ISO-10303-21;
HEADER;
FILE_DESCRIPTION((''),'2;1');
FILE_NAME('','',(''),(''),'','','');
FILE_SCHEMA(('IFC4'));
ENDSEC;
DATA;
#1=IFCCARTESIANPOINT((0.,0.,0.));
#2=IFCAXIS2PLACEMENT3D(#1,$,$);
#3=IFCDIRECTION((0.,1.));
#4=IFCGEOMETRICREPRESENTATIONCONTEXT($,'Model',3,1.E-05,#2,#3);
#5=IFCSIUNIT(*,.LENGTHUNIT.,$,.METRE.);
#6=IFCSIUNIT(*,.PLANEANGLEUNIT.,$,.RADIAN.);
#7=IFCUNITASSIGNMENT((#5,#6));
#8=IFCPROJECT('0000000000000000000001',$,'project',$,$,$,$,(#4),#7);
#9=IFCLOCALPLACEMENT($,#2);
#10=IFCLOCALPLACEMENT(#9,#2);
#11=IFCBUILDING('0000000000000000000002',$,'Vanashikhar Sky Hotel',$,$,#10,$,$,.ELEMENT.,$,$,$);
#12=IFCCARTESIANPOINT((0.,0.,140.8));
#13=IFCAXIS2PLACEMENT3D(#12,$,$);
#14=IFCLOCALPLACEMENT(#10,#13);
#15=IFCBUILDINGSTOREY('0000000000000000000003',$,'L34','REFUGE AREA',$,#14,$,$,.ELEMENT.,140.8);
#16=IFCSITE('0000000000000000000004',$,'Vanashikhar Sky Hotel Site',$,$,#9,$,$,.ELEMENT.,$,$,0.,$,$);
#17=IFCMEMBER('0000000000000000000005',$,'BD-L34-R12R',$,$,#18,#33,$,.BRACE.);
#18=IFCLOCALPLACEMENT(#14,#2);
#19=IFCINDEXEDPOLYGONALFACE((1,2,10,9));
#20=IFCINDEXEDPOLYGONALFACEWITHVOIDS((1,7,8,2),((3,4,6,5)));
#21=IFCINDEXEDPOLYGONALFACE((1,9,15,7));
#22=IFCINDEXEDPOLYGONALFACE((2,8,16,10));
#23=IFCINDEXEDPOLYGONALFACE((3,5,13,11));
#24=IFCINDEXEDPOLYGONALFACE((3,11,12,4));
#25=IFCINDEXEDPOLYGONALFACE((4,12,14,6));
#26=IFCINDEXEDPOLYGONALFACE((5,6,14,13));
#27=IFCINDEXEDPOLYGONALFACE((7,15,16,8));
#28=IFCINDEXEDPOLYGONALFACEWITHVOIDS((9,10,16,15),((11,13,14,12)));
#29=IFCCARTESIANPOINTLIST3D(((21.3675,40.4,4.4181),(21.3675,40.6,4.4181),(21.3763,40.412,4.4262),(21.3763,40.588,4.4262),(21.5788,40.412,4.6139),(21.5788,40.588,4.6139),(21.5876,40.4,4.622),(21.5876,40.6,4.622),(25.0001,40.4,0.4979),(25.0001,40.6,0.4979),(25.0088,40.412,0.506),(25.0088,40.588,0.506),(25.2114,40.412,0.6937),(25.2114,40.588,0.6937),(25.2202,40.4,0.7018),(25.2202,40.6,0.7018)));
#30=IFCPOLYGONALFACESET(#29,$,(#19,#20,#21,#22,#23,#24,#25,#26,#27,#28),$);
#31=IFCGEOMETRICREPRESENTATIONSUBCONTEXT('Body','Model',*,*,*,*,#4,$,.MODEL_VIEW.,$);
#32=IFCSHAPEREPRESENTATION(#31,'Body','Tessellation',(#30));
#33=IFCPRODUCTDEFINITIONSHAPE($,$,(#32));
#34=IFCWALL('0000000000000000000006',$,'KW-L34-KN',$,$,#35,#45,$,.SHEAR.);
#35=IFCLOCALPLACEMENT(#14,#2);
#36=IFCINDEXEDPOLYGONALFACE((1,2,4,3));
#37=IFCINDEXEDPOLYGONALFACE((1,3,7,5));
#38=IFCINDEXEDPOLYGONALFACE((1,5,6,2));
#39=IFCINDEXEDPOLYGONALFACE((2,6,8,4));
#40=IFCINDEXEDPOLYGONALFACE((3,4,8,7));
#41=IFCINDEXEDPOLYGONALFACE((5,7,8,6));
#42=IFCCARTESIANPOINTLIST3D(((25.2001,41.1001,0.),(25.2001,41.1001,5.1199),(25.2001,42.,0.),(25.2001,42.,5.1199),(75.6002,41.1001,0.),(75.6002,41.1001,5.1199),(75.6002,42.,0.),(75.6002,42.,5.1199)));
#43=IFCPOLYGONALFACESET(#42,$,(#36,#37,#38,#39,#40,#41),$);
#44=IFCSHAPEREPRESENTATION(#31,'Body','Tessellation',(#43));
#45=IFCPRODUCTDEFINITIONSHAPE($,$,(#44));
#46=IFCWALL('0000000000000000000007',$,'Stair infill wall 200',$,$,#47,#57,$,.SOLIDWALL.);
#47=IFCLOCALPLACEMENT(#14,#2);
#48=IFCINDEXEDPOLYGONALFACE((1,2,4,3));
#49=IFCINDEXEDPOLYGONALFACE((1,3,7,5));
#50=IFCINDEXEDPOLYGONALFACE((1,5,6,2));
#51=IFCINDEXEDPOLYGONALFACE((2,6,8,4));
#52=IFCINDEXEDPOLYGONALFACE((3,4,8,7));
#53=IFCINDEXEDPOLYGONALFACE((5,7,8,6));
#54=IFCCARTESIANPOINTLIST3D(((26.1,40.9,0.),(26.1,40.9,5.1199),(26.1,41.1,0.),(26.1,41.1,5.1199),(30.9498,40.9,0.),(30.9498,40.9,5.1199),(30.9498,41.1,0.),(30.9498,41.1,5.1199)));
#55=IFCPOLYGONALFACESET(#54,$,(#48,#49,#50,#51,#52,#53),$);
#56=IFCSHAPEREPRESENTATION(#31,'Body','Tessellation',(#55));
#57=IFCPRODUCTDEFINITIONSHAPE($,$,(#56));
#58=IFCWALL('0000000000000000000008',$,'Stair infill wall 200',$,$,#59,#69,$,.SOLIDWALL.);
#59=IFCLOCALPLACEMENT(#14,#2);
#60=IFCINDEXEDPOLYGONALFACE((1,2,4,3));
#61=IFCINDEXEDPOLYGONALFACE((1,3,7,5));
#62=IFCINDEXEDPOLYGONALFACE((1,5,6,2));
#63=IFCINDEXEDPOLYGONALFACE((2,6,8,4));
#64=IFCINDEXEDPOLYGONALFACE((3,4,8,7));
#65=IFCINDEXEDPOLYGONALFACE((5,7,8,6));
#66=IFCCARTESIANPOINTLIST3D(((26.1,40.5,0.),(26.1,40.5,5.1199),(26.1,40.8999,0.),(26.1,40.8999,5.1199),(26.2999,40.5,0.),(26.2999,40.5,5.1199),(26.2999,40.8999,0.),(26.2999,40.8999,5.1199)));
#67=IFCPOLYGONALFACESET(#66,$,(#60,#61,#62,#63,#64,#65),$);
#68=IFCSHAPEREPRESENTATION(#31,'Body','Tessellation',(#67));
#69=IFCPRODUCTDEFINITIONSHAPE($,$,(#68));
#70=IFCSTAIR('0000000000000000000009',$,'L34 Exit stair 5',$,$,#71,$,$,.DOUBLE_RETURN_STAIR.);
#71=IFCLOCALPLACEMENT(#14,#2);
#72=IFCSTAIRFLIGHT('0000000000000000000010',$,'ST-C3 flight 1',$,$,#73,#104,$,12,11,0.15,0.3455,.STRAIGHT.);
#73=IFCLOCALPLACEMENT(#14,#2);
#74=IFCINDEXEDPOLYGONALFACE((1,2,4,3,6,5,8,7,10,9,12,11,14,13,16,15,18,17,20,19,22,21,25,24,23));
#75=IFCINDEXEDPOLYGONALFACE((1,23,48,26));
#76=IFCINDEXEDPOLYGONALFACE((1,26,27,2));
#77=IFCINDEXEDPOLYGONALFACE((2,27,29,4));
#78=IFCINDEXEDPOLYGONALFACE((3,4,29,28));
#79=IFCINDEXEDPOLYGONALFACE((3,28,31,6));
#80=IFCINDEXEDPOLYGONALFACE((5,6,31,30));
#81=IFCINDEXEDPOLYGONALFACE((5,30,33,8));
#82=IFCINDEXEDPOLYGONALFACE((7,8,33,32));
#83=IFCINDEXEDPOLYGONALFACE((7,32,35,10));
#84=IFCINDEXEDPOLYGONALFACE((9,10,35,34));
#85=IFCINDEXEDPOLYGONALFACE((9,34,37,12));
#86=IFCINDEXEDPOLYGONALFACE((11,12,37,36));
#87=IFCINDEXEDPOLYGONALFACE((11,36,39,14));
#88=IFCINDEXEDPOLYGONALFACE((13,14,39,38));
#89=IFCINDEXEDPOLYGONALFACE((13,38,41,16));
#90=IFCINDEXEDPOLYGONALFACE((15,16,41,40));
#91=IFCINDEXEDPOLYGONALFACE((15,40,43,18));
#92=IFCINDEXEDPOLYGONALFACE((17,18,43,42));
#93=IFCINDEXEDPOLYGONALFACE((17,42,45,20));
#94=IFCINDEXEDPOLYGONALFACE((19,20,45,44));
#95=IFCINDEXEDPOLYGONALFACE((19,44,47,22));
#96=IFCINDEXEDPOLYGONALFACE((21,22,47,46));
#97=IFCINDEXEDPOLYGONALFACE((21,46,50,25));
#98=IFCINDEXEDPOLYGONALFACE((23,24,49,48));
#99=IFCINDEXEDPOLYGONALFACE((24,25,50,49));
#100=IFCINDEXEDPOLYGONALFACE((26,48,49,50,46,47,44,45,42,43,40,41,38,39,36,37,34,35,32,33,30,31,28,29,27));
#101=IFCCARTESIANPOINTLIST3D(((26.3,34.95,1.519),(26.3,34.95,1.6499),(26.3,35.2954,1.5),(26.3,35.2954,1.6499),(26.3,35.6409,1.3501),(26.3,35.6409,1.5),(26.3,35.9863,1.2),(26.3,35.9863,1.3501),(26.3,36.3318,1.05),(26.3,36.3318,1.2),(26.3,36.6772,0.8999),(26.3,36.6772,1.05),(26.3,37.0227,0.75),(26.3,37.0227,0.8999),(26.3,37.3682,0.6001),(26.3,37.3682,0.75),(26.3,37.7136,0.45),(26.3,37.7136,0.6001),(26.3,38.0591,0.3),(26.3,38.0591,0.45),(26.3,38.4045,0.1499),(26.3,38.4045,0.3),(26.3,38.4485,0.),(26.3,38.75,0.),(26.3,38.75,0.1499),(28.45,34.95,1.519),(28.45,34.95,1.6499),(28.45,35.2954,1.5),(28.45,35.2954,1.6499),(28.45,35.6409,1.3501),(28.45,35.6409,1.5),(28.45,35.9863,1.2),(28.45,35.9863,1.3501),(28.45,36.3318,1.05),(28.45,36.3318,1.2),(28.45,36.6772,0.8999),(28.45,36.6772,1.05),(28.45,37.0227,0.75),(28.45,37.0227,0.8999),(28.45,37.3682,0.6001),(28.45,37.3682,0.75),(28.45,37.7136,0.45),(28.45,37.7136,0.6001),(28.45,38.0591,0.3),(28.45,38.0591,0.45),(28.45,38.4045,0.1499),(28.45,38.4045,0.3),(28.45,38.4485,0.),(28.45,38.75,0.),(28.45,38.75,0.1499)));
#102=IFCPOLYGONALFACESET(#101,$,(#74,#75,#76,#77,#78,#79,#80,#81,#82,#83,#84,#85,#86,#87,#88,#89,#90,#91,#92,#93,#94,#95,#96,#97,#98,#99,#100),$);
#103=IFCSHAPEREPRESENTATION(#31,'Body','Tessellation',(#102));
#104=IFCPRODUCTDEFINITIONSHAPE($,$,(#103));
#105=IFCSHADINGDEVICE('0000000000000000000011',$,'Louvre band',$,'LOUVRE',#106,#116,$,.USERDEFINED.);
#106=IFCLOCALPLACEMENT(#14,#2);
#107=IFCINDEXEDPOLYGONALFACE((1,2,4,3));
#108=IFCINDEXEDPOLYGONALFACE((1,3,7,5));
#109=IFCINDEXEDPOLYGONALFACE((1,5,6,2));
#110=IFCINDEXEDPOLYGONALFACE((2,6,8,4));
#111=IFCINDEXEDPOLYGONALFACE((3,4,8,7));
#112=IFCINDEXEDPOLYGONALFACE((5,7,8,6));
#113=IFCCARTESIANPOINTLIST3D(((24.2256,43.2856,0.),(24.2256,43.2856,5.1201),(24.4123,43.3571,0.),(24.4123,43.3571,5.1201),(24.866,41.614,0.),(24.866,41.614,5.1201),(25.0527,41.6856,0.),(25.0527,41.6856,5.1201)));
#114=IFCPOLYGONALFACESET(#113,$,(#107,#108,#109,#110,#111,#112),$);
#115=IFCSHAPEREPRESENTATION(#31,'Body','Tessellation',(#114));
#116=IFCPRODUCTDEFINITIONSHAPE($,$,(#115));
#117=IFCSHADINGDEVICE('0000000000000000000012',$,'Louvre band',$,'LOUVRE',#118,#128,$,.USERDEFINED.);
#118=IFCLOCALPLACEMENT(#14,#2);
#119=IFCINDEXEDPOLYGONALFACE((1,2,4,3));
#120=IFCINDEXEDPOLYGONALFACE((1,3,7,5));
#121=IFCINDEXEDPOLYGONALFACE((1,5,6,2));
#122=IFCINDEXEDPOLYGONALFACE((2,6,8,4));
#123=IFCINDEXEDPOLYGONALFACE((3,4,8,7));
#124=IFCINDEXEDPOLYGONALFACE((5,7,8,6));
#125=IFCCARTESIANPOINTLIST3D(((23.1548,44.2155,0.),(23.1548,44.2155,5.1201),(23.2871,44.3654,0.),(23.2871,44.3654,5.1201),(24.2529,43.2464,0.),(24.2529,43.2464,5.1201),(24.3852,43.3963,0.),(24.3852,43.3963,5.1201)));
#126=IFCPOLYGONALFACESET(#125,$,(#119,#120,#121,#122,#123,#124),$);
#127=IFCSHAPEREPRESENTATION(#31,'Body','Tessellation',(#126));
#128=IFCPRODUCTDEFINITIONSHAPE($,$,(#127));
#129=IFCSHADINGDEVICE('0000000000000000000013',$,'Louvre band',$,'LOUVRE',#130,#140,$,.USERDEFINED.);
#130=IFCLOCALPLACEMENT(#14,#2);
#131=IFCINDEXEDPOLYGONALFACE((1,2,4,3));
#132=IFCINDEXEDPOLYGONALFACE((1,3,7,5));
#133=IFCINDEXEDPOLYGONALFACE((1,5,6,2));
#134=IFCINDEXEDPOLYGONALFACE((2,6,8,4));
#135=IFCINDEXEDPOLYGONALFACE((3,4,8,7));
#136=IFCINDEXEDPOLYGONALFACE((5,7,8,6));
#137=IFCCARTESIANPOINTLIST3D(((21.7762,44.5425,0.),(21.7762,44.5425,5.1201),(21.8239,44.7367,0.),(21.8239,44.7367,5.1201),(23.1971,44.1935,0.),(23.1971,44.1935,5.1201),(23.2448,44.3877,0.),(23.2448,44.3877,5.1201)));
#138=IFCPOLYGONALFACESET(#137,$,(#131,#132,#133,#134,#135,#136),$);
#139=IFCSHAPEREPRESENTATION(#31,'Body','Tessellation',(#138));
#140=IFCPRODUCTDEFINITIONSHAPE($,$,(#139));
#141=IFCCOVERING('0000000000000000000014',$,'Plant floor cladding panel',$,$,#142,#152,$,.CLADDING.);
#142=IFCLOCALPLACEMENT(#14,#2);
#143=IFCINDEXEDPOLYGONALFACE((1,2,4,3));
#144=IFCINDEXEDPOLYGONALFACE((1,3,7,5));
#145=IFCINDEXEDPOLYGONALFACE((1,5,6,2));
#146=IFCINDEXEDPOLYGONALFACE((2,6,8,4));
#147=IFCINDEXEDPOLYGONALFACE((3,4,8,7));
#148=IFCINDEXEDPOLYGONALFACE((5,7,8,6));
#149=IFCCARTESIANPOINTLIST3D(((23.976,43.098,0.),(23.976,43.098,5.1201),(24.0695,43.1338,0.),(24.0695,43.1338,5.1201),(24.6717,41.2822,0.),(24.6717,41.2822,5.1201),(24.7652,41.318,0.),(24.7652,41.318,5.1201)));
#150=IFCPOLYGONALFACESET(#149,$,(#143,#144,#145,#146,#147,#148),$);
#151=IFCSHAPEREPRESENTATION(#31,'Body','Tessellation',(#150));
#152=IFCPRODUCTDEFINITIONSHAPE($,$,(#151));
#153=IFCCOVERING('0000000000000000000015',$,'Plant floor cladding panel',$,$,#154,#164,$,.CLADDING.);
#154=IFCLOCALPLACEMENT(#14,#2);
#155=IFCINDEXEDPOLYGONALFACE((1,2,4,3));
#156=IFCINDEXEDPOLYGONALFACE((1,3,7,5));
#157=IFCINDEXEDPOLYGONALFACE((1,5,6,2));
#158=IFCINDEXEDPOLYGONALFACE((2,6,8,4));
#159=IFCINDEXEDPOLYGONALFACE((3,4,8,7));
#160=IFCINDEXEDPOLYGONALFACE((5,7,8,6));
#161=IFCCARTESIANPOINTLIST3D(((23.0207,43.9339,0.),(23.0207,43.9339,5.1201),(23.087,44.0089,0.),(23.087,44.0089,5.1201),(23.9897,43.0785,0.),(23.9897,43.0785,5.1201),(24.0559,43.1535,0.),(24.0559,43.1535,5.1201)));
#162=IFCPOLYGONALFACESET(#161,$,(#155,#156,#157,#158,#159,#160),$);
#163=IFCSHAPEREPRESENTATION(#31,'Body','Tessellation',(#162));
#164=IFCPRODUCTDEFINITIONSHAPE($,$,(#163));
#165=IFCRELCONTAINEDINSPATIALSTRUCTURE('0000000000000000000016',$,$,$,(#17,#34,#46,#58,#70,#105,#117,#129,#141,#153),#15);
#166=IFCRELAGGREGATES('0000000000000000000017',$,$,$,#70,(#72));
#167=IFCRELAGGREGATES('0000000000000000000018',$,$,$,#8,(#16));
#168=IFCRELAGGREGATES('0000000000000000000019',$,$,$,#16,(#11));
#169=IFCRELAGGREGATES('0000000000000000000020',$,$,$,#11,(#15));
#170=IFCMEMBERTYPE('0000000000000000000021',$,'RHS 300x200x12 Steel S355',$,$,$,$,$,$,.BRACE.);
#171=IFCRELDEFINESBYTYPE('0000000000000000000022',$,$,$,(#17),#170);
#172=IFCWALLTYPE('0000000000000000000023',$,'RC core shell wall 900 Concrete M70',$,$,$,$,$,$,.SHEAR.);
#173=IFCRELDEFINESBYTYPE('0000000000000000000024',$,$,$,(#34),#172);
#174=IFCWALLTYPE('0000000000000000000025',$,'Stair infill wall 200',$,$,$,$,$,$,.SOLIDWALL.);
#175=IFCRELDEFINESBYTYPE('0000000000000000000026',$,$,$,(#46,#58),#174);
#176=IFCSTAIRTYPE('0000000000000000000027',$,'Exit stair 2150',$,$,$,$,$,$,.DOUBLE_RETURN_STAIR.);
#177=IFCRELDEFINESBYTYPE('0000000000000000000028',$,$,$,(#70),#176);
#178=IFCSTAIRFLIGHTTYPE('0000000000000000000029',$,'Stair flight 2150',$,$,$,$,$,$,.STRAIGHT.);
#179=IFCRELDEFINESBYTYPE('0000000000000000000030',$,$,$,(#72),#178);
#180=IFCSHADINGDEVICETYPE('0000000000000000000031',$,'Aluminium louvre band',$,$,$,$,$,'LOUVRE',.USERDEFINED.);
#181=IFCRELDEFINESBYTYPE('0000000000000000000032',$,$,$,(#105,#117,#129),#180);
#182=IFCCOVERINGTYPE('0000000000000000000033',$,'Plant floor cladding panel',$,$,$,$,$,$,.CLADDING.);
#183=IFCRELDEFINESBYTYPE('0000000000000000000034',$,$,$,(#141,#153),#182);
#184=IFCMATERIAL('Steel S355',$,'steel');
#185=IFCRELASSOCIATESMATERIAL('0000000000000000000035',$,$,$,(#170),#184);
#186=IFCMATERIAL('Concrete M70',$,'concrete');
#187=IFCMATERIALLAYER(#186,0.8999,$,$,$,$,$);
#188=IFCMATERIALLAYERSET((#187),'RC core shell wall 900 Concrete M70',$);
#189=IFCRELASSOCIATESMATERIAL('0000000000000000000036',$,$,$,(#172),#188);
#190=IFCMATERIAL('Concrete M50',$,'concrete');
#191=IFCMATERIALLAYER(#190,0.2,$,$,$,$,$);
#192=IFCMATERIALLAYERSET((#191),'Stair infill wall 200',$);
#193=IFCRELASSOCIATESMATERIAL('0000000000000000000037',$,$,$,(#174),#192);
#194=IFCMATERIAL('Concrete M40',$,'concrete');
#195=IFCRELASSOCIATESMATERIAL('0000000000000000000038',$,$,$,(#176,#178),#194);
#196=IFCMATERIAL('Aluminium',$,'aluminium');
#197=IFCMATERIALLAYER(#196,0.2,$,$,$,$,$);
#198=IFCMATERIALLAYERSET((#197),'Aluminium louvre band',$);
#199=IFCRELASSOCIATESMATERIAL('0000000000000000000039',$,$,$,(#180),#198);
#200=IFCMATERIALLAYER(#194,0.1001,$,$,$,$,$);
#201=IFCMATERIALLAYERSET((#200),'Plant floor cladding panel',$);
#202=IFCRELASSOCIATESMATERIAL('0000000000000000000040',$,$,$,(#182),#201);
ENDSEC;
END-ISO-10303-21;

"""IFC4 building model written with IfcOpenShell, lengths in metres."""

from ifc_helpers import new_model, si_unit, direction, frame, frame_2d, origin, origin_2d, place, context, subcontext, project, spatial, polyline, rectangle, hollow_rectangle, outline, extrude, source, transform, mapped, material, layer, layer_set, material_profile, profile_set, type_object, element, aggregate, save


model = new_model("IFC4")

# Units and contexts
model_context = context("Model", 3, precision=1e-05, world=origin(), true_north=direction((0.0, 1.0)))
body_context = subcontext(model_context, "Body", "Model", "MODEL_VIEW")
ifc_project = project(units=[si_unit("LENGTHUNIT", "METRE"), si_unit("PLANEANGLEUNIT", "RADIAN")], contexts=[model_context])

# Site, building, storey
site_placement = place(None, origin())
site = spatial("IfcSite", under=ifc_project, at=site_placement, Name="Vanashikhar Sky Hotel Site", CompositionType="ELEMENT", RefElevation=0.0)
building_placement = place(site_placement, origin())
building = spatial("IfcBuilding", under=site, at=building_placement, Name="Vanashikhar Sky Hotel", CompositionType="ELEMENT")
storey_placement = place(building_placement, frame((0.0, 0.0, 140.8)))
storey = spatial("IfcBuildingStorey", under=building, at=storey_placement, Name="L34", Description="REFUGE AREA", CompositionType="ELEMENT", Elevation=140.8)

# Member
ifc_material_1 = material(Name="Steel S355", Category="steel")
ifc_material_profile_1 = material_profile(ifc_material_1, hollow_rectangle(XDim=0.2, YDim=0.3, WallThickness=0.012, at=origin_2d()))
ifc_profile_set_1 = profile_set([ifc_material_profile_1], Name="RHS 300x200x12 Steel S355")
member_type = type_object("IfcMemberType", Name="RHS 300x200x12 Steel S355", PredefinedType="BRACE", material=ifc_profile_set_1)
shared_shape_1 = source(origin(), body_context, "Body", "SweptSolid", [
    extrude(hollow_rectangle(XDim=0.2, YDim=0.3, WallThickness=0.012, at=origin_2d()), origin(), (0.0, 0.0, 1.0), 5.3445),
])
member_placement = place(storey_placement, frame((25.1101, 40.5, 0.5999), z_axis=(-0.679689, 0.0, 0.733501), x_axis=(0.0, -1.0, 0.0)))
element("IfcMember", 1, at=member_placement, inside=storey, type_object=member_type, Name="BD-L34-R12R", PredefinedType="BRACE", context=body_context, shape_type="MappedRepresentation", body=[
    mapped(shared_shape_1, transform((0.0, 0.0, 0.0), scale=1.0)),
])

# Walls
ifc_material_2 = material(Name="Concrete M70", Category="concrete")
ifc_layer_1 = layer(ifc_material_2, 0.8999)
ifc_layer_set_1 = layer_set([ifc_layer_1], Name="RC core shell wall 900 Concrete M70")
wall_type_1 = type_object("IfcWallType", Name="RC core shell wall 900 Concrete M70", PredefinedType="SHEAR", material=ifc_layer_set_1)
shared_shape_2 = source(origin(), body_context, "Body", "SweptSolid", [
    extrude(rectangle(XDim=50.4001, YDim=0.8999, at=frame_2d((25.2002, 0.0))), origin(), (0.0, 0.0, 1.0), 5.1199),
])
wall_1_placement = place(storey_placement, frame((25.2, 41.55, 0.0), z_axis=(0.0, 0.0, 1.0), x_axis=(1.0, 0.0, 0.0)))
element("IfcWall", 2, at=wall_1_placement, inside=storey, type_object=wall_type_1, Name="KW-L34-KN", PredefinedType="SHEAR", context=body_context, shape_type="MappedRepresentation", body=[
    mapped(shared_shape_2, transform((0.0, 0.0, 0.0), scale=1.0)),
])
ifc_material_3 = material(Name="Concrete M50", Category="concrete")
ifc_layer_2 = layer(ifc_material_3, 0.2)
ifc_layer_set_2 = layer_set([ifc_layer_2], Name="Stair infill wall 200")
wall_type_2 = type_object("IfcWallType", Name="Stair infill wall 200", PredefinedType="SOLIDWALL", material=ifc_layer_set_2)
shared_shape_3 = source(origin(), body_context, "Body", "SweptSolid", [
    extrude(rectangle(XDim=4.8499, YDim=0.2, at=frame_2d((2.4248, 0.0))), origin(), (0.0, 0.0, 1.0), 5.1199),
])
wall_2_placement = place(storey_placement, frame((26.1001, 41.0, 0.0), z_axis=(0.0, 0.0, 1.0), x_axis=(1.0, 0.0, 0.0)))
element("IfcWall", 3, at=wall_2_placement, inside=storey, type_object=wall_type_2, Name="Stair infill wall 200", PredefinedType="SOLIDWALL", context=body_context, shape_type="MappedRepresentation", body=[
    mapped(shared_shape_3, transform((0.0, 0.0, 0.0), scale=1.0)),
])
shared_shape_4 = source(origin(), body_context, "Body", "SweptSolid", [
    extrude(rectangle(XDim=0.3999, YDim=0.2, at=frame_2d((0.2, 0.0))), origin(), (0.0, 0.0, 1.0), 5.1199),
])
wall_3_placement = place(storey_placement, frame((26.2, 40.5, 0.0), z_axis=(0.0, 0.0, 1.0), x_axis=(0.0, 1.0, 0.0)))
element("IfcWall", 4, at=wall_3_placement, inside=storey, type_object=wall_type_2, Name="Stair infill wall 200", PredefinedType="SOLIDWALL", context=body_context, shape_type="MappedRepresentation", body=[
    mapped(shared_shape_4, transform((0.0, 0.0, 0.0), scale=1.0)),
])

# Stair, stair flight
ifc_material_4 = material(Name="Concrete M40", Category="concrete")
stair_type = type_object("IfcStairType", Name="Exit stair 2150", PredefinedType="DOUBLE_RETURN_STAIR", material=ifc_material_4)
stair_placement = place(storey_placement, origin())
stair = element("IfcStair", 5, at=stair_placement, inside=storey, type_object=stair_type, Name="L34 Exit stair 5", PredefinedType="DOUBLE_RETURN_STAIR")
stair_flight_type = type_object("IfcStairFlightType", Name="Stair flight 2150", PredefinedType="STRAIGHT", material=ifc_material_4)
shared_shape_5 = source(origin(), body_context, "Body", "SweptSolid", [
    extrude(outline(polyline([(0.0, 0.0), (0.0, 0.1499), (0.3455, 0.1499), (0.3455, 0.3), (0.6909, 0.3), (0.6909, 0.45), (1.0364, 0.45), (1.0364, 0.6001), (1.3818, 0.6001), (1.3818, 0.75), (1.7273, 0.75), (1.7273, 0.8999), (2.0728, 0.8999), (2.0728, 1.05), (2.4182, 1.05), (2.4182, 1.2), (2.7637, 1.2), (2.7637, 1.3501), (3.1091, 1.3501), (3.1091, 1.5), (3.4546, 1.5), (3.4546, 1.6499), (3.8, 1.6499), (3.8, 1.8), (3.8, 1.519), (0.3015, 0.0), (0.0, 0.0)])), frame((0.0, 1.075, 0.0), z_axis=(0.0, -1.0, 0.0), x_axis=(1.0, 0.0, 0.0)), (0.0, 0.0, 1.0), 2.1499),
])
stair_flight_placement = place(storey_placement, frame((27.375, 38.75, 0.0), z_axis=(0.0, 0.0, 1.0), x_axis=(0.0, -1.0, 0.0)))
stair_flight = element("IfcStairFlight", 6, at=stair_flight_placement, type_object=stair_flight_type, Name="ST-C3 flight 1", NumberOfRisers=12, NumberOfTreads=11, PredefinedType="STRAIGHT", RiserHeight=0.15, TreadLength=0.3455, context=body_context, shape_type="MappedRepresentation", body=[
    mapped(shared_shape_5, transform((0.0, 0.0, 0.0), scale=1.0)),
])
aggregate(stair, [stair_flight])

# Shading devices
ifc_material_5 = material(Name="Aluminium", Category="aluminium")
ifc_layer_3 = layer(ifc_material_5, 0.2)
ifc_layer_set_3 = layer_set([ifc_layer_3], Name="Aluminium louvre band")
shading_device_type = type_object("IfcShadingDeviceType", Name="Aluminium louvre band", ElementType="LOUVRE", PredefinedType="USERDEFINED", material=ifc_layer_set_3)
shared_shape_6 = source(origin(), body_context, "Body", "SweptSolid", [
    extrude(rectangle(XDim=1.79, YDim=0.2, at=origin_2d()), origin(), (0.0, 0.0, 1.0), 5.1201),
])
shading_device_1_placement = place(storey_placement, frame((24.6392, 42.4856, 0.0), z_axis=(0.0, 0.0, 1.0), x_axis=(-0.357765, 0.933812, 0.0)))
element("IfcShadingDevice", 7, at=shading_device_1_placement, inside=storey, type_object=shading_device_type, Name="Louvre band", ObjectType="LOUVRE", PredefinedType="USERDEFINED", context=body_context, shape_type="MappedRepresentation", body=[
    mapped(shared_shape_6, transform((0.0, 0.0, 0.0), scale=1.0)),
])
shared_shape_7 = source(origin(), body_context, "Body", "SweptSolid", [
    extrude(rectangle(XDim=1.4646, YDim=0.2, at=origin_2d()), origin(), (0.0, 0.0, 1.0), 5.1201),
])
shading_device_2_placement = place(storey_placement, frame((23.77, 43.8059, 0.0), z_axis=(0.0, 0.0, 1.0), x_axis=(-0.749742, 0.661731, 0.0)))
element("IfcShadingDevice", 8, at=shading_device_2_placement, inside=storey, type_object=shading_device_type, Name="Louvre band", ObjectType="LOUVRE", PredefinedType="USERDEFINED", context=body_context, shape_type="MappedRepresentation", body=[
    mapped(shared_shape_7, transform((0.0, 0.0, 0.0), scale=1.0)),
])
shared_shape_8 = source(origin(), body_context, "Body", "SweptSolid", [
    extrude(rectangle(XDim=1.4631, YDim=0.2, at=origin_2d()), origin(), (0.0, 0.0, 1.0), 5.1201),
])
shading_device_3_placement = place(storey_placement, frame((22.5105, 44.4651, 0.0), z_axis=(0.0, 0.0, 1.0), x_axis=(-0.971134, 0.238533, 0.0)))
element("IfcShadingDevice", 9, at=shading_device_3_placement, inside=storey, type_object=shading_device_type, Name="Louvre band", ObjectType="LOUVRE", PredefinedType="USERDEFINED", context=body_context, shape_type="MappedRepresentation", body=[
    mapped(shared_shape_8, transform((0.0, 0.0, 0.0), scale=1.0)),
])

# Coverings
ifc_layer_4 = layer(ifc_material_4, 0.1001)
ifc_layer_set_4 = layer_set([ifc_layer_4], Name="Plant floor cladding panel")
covering_type_1 = type_object("IfcCoveringType", Name="Plant floor cladding panel", PredefinedType="CLADDING", material=ifc_layer_set_4)
shared_shape_9 = source(origin(), body_context, "Body", "SweptSolid", [
    extrude(rectangle(XDim=1.9446, YDim=0.1001, at=origin_2d()), origin(), (0.0, 0.0, 1.0), 5.1201),
])
covering_1_placement = place(storey_placement, frame((24.3706, 42.208, 0.0), z_axis=(0.0, 0.0, 1.0), x_axis=(-0.357781, 0.933805, 0.0)))
element("IfcCovering", 10, at=covering_1_placement, inside=storey, type_object=covering_type_1, Name="Plant floor cladding panel", PredefinedType="CLADDING", context=body_context, shape_type="MappedRepresentation", body=[
    mapped(shared_shape_9, transform((0.0, 0.0, 0.0), scale=1.0)),
])
shared_shape_10 = source(origin(), body_context, "Body", "SweptSolid", [
    extrude(rectangle(XDim=1.2925, YDim=0.1001, at=origin_2d()), origin(), (0.0, 0.0, 1.0), 5.1201),
])
covering_2_placement = place(storey_placement, frame((23.5383, 43.5437, 0.0), z_axis=(0.0, 0.0, 1.0), x_axis=(-0.749684, 0.661796, 0.0)))
element("IfcCovering", 11, at=covering_2_placement, inside=storey, type_object=covering_type_1, Name="Plant floor cladding panel", PredefinedType="CLADDING", context=body_context, shape_type="MappedRepresentation", body=[
    mapped(shared_shape_10, transform((0.0, 0.0, 0.0), scale=1.0)),
])

save(model, "model.ifc")
